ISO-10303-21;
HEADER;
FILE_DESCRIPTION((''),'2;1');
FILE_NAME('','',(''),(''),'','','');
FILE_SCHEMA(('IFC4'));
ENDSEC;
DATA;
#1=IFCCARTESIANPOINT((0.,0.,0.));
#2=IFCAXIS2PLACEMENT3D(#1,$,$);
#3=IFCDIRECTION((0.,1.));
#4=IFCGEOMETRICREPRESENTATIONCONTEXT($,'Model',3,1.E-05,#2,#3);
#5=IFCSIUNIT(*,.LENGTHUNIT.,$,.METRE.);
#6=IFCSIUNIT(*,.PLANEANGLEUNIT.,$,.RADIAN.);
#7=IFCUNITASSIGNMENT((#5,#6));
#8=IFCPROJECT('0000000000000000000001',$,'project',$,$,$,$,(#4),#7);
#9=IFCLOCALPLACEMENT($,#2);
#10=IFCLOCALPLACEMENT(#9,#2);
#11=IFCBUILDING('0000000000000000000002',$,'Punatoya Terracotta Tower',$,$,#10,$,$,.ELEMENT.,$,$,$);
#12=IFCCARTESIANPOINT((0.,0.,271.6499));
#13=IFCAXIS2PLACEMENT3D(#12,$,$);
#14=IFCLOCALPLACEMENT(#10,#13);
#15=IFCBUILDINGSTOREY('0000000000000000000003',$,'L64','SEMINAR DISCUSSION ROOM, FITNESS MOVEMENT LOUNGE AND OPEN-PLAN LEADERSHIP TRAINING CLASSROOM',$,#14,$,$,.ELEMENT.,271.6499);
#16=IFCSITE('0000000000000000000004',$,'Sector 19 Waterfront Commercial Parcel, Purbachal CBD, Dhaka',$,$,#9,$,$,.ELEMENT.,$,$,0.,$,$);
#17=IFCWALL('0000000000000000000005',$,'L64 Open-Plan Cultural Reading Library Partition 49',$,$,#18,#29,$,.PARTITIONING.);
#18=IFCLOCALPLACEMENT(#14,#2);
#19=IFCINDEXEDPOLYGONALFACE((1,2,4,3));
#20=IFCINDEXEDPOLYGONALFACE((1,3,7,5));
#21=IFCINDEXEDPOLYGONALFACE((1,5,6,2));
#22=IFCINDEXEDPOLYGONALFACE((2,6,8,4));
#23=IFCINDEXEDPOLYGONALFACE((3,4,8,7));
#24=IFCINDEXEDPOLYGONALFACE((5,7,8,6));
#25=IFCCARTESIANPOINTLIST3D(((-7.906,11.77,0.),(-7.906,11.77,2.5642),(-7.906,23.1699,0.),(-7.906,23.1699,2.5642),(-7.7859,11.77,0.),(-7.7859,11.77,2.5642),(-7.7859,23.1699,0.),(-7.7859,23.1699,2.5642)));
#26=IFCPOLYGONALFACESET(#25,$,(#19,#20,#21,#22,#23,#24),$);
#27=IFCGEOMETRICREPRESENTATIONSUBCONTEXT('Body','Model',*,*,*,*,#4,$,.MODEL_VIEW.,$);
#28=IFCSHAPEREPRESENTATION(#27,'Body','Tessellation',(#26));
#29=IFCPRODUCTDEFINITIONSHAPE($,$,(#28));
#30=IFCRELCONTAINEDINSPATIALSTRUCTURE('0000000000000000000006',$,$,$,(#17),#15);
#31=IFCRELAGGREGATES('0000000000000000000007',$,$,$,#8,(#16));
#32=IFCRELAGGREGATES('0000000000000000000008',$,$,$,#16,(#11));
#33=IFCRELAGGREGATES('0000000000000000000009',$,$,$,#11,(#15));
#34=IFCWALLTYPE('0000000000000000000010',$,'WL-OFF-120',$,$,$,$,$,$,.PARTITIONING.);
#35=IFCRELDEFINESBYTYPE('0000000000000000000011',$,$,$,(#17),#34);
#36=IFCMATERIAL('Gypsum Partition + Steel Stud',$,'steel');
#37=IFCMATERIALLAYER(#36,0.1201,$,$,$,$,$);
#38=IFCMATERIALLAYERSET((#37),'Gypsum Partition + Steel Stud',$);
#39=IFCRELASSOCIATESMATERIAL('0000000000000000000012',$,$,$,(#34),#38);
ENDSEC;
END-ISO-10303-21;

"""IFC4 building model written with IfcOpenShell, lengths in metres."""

from ifc_helpers import new_model, si_unit, direction, frame, frame_2d, origin, place, context, subcontext, project, spatial, rectangle, extrude, material, layer, layer_set, type_object, element, save


model = new_model("IFC4")

# Units and contexts
model_context = context("Model", 3, precision=1e-05, world=origin(), true_north=direction((0.0, 1.0)))
body_context = subcontext(model_context, "Body", "Model", "MODEL_VIEW")
ifc_project = project(units=[si_unit("LENGTHUNIT", "METRE"), si_unit("PLANEANGLEUNIT", "RADIAN")], contexts=[model_context])

# Site, building, storey
site_placement = place(None, origin())
site = spatial("IfcSite", under=ifc_project, at=site_placement, Name="Sector 19 Waterfront Commercial Parcel, Purbachal CBD, Dhaka", CompositionType="ELEMENT", RefElevation=0.0)
building_placement = place(site_placement, origin())
building = spatial("IfcBuilding", under=site, at=building_placement, Name="Punatoya Terracotta Tower", CompositionType="ELEMENT")
storey_placement = place(building_placement, frame((0.0, 0.0, 271.6499)))
storey = spatial("IfcBuildingStorey", under=building, at=storey_placement, Name="L64", Description="SEMINAR DISCUSSION ROOM, FITNESS MOVEMENT LOUNGE AND OPEN-PLAN LEADERSHIP TRAINING CLASSROOM", CompositionType="ELEMENT", Elevation=271.6499)

# Wall
ifc_material_1 = material(Name="Gypsum Partition + Steel Stud", Category="steel")
ifc_layer_1 = layer(ifc_material_1, 0.1201)
ifc_layer_set_1 = layer_set([ifc_layer_1], Name="Gypsum Partition + Steel Stud")
wall_type = type_object("IfcWallType", Name="WL-OFF-120", PredefinedType="PARTITIONING", material=ifc_layer_set_1)
wall_placement = place(storey_placement, frame((-7.8459, 23.1699, 0.0), z_axis=(0.0, 0.0, 1.0), x_axis=(0.0, -1.0, 0.0)))
element("IfcWall", 1, at=wall_placement, inside=storey, type_object=wall_type, Name="L64 Open-Plan Cultural Reading Library Partition 49", PredefinedType="PARTITIONING", context=body_context, shape_type="SweptSolid", body=[
    extrude(rectangle(XDim=11.3999, YDim=0.1201, at=frame_2d((5.7, 0.0))), origin(), (0.0, 0.0, 1.0), 2.5642),
])

save(model, "model.ifc")
